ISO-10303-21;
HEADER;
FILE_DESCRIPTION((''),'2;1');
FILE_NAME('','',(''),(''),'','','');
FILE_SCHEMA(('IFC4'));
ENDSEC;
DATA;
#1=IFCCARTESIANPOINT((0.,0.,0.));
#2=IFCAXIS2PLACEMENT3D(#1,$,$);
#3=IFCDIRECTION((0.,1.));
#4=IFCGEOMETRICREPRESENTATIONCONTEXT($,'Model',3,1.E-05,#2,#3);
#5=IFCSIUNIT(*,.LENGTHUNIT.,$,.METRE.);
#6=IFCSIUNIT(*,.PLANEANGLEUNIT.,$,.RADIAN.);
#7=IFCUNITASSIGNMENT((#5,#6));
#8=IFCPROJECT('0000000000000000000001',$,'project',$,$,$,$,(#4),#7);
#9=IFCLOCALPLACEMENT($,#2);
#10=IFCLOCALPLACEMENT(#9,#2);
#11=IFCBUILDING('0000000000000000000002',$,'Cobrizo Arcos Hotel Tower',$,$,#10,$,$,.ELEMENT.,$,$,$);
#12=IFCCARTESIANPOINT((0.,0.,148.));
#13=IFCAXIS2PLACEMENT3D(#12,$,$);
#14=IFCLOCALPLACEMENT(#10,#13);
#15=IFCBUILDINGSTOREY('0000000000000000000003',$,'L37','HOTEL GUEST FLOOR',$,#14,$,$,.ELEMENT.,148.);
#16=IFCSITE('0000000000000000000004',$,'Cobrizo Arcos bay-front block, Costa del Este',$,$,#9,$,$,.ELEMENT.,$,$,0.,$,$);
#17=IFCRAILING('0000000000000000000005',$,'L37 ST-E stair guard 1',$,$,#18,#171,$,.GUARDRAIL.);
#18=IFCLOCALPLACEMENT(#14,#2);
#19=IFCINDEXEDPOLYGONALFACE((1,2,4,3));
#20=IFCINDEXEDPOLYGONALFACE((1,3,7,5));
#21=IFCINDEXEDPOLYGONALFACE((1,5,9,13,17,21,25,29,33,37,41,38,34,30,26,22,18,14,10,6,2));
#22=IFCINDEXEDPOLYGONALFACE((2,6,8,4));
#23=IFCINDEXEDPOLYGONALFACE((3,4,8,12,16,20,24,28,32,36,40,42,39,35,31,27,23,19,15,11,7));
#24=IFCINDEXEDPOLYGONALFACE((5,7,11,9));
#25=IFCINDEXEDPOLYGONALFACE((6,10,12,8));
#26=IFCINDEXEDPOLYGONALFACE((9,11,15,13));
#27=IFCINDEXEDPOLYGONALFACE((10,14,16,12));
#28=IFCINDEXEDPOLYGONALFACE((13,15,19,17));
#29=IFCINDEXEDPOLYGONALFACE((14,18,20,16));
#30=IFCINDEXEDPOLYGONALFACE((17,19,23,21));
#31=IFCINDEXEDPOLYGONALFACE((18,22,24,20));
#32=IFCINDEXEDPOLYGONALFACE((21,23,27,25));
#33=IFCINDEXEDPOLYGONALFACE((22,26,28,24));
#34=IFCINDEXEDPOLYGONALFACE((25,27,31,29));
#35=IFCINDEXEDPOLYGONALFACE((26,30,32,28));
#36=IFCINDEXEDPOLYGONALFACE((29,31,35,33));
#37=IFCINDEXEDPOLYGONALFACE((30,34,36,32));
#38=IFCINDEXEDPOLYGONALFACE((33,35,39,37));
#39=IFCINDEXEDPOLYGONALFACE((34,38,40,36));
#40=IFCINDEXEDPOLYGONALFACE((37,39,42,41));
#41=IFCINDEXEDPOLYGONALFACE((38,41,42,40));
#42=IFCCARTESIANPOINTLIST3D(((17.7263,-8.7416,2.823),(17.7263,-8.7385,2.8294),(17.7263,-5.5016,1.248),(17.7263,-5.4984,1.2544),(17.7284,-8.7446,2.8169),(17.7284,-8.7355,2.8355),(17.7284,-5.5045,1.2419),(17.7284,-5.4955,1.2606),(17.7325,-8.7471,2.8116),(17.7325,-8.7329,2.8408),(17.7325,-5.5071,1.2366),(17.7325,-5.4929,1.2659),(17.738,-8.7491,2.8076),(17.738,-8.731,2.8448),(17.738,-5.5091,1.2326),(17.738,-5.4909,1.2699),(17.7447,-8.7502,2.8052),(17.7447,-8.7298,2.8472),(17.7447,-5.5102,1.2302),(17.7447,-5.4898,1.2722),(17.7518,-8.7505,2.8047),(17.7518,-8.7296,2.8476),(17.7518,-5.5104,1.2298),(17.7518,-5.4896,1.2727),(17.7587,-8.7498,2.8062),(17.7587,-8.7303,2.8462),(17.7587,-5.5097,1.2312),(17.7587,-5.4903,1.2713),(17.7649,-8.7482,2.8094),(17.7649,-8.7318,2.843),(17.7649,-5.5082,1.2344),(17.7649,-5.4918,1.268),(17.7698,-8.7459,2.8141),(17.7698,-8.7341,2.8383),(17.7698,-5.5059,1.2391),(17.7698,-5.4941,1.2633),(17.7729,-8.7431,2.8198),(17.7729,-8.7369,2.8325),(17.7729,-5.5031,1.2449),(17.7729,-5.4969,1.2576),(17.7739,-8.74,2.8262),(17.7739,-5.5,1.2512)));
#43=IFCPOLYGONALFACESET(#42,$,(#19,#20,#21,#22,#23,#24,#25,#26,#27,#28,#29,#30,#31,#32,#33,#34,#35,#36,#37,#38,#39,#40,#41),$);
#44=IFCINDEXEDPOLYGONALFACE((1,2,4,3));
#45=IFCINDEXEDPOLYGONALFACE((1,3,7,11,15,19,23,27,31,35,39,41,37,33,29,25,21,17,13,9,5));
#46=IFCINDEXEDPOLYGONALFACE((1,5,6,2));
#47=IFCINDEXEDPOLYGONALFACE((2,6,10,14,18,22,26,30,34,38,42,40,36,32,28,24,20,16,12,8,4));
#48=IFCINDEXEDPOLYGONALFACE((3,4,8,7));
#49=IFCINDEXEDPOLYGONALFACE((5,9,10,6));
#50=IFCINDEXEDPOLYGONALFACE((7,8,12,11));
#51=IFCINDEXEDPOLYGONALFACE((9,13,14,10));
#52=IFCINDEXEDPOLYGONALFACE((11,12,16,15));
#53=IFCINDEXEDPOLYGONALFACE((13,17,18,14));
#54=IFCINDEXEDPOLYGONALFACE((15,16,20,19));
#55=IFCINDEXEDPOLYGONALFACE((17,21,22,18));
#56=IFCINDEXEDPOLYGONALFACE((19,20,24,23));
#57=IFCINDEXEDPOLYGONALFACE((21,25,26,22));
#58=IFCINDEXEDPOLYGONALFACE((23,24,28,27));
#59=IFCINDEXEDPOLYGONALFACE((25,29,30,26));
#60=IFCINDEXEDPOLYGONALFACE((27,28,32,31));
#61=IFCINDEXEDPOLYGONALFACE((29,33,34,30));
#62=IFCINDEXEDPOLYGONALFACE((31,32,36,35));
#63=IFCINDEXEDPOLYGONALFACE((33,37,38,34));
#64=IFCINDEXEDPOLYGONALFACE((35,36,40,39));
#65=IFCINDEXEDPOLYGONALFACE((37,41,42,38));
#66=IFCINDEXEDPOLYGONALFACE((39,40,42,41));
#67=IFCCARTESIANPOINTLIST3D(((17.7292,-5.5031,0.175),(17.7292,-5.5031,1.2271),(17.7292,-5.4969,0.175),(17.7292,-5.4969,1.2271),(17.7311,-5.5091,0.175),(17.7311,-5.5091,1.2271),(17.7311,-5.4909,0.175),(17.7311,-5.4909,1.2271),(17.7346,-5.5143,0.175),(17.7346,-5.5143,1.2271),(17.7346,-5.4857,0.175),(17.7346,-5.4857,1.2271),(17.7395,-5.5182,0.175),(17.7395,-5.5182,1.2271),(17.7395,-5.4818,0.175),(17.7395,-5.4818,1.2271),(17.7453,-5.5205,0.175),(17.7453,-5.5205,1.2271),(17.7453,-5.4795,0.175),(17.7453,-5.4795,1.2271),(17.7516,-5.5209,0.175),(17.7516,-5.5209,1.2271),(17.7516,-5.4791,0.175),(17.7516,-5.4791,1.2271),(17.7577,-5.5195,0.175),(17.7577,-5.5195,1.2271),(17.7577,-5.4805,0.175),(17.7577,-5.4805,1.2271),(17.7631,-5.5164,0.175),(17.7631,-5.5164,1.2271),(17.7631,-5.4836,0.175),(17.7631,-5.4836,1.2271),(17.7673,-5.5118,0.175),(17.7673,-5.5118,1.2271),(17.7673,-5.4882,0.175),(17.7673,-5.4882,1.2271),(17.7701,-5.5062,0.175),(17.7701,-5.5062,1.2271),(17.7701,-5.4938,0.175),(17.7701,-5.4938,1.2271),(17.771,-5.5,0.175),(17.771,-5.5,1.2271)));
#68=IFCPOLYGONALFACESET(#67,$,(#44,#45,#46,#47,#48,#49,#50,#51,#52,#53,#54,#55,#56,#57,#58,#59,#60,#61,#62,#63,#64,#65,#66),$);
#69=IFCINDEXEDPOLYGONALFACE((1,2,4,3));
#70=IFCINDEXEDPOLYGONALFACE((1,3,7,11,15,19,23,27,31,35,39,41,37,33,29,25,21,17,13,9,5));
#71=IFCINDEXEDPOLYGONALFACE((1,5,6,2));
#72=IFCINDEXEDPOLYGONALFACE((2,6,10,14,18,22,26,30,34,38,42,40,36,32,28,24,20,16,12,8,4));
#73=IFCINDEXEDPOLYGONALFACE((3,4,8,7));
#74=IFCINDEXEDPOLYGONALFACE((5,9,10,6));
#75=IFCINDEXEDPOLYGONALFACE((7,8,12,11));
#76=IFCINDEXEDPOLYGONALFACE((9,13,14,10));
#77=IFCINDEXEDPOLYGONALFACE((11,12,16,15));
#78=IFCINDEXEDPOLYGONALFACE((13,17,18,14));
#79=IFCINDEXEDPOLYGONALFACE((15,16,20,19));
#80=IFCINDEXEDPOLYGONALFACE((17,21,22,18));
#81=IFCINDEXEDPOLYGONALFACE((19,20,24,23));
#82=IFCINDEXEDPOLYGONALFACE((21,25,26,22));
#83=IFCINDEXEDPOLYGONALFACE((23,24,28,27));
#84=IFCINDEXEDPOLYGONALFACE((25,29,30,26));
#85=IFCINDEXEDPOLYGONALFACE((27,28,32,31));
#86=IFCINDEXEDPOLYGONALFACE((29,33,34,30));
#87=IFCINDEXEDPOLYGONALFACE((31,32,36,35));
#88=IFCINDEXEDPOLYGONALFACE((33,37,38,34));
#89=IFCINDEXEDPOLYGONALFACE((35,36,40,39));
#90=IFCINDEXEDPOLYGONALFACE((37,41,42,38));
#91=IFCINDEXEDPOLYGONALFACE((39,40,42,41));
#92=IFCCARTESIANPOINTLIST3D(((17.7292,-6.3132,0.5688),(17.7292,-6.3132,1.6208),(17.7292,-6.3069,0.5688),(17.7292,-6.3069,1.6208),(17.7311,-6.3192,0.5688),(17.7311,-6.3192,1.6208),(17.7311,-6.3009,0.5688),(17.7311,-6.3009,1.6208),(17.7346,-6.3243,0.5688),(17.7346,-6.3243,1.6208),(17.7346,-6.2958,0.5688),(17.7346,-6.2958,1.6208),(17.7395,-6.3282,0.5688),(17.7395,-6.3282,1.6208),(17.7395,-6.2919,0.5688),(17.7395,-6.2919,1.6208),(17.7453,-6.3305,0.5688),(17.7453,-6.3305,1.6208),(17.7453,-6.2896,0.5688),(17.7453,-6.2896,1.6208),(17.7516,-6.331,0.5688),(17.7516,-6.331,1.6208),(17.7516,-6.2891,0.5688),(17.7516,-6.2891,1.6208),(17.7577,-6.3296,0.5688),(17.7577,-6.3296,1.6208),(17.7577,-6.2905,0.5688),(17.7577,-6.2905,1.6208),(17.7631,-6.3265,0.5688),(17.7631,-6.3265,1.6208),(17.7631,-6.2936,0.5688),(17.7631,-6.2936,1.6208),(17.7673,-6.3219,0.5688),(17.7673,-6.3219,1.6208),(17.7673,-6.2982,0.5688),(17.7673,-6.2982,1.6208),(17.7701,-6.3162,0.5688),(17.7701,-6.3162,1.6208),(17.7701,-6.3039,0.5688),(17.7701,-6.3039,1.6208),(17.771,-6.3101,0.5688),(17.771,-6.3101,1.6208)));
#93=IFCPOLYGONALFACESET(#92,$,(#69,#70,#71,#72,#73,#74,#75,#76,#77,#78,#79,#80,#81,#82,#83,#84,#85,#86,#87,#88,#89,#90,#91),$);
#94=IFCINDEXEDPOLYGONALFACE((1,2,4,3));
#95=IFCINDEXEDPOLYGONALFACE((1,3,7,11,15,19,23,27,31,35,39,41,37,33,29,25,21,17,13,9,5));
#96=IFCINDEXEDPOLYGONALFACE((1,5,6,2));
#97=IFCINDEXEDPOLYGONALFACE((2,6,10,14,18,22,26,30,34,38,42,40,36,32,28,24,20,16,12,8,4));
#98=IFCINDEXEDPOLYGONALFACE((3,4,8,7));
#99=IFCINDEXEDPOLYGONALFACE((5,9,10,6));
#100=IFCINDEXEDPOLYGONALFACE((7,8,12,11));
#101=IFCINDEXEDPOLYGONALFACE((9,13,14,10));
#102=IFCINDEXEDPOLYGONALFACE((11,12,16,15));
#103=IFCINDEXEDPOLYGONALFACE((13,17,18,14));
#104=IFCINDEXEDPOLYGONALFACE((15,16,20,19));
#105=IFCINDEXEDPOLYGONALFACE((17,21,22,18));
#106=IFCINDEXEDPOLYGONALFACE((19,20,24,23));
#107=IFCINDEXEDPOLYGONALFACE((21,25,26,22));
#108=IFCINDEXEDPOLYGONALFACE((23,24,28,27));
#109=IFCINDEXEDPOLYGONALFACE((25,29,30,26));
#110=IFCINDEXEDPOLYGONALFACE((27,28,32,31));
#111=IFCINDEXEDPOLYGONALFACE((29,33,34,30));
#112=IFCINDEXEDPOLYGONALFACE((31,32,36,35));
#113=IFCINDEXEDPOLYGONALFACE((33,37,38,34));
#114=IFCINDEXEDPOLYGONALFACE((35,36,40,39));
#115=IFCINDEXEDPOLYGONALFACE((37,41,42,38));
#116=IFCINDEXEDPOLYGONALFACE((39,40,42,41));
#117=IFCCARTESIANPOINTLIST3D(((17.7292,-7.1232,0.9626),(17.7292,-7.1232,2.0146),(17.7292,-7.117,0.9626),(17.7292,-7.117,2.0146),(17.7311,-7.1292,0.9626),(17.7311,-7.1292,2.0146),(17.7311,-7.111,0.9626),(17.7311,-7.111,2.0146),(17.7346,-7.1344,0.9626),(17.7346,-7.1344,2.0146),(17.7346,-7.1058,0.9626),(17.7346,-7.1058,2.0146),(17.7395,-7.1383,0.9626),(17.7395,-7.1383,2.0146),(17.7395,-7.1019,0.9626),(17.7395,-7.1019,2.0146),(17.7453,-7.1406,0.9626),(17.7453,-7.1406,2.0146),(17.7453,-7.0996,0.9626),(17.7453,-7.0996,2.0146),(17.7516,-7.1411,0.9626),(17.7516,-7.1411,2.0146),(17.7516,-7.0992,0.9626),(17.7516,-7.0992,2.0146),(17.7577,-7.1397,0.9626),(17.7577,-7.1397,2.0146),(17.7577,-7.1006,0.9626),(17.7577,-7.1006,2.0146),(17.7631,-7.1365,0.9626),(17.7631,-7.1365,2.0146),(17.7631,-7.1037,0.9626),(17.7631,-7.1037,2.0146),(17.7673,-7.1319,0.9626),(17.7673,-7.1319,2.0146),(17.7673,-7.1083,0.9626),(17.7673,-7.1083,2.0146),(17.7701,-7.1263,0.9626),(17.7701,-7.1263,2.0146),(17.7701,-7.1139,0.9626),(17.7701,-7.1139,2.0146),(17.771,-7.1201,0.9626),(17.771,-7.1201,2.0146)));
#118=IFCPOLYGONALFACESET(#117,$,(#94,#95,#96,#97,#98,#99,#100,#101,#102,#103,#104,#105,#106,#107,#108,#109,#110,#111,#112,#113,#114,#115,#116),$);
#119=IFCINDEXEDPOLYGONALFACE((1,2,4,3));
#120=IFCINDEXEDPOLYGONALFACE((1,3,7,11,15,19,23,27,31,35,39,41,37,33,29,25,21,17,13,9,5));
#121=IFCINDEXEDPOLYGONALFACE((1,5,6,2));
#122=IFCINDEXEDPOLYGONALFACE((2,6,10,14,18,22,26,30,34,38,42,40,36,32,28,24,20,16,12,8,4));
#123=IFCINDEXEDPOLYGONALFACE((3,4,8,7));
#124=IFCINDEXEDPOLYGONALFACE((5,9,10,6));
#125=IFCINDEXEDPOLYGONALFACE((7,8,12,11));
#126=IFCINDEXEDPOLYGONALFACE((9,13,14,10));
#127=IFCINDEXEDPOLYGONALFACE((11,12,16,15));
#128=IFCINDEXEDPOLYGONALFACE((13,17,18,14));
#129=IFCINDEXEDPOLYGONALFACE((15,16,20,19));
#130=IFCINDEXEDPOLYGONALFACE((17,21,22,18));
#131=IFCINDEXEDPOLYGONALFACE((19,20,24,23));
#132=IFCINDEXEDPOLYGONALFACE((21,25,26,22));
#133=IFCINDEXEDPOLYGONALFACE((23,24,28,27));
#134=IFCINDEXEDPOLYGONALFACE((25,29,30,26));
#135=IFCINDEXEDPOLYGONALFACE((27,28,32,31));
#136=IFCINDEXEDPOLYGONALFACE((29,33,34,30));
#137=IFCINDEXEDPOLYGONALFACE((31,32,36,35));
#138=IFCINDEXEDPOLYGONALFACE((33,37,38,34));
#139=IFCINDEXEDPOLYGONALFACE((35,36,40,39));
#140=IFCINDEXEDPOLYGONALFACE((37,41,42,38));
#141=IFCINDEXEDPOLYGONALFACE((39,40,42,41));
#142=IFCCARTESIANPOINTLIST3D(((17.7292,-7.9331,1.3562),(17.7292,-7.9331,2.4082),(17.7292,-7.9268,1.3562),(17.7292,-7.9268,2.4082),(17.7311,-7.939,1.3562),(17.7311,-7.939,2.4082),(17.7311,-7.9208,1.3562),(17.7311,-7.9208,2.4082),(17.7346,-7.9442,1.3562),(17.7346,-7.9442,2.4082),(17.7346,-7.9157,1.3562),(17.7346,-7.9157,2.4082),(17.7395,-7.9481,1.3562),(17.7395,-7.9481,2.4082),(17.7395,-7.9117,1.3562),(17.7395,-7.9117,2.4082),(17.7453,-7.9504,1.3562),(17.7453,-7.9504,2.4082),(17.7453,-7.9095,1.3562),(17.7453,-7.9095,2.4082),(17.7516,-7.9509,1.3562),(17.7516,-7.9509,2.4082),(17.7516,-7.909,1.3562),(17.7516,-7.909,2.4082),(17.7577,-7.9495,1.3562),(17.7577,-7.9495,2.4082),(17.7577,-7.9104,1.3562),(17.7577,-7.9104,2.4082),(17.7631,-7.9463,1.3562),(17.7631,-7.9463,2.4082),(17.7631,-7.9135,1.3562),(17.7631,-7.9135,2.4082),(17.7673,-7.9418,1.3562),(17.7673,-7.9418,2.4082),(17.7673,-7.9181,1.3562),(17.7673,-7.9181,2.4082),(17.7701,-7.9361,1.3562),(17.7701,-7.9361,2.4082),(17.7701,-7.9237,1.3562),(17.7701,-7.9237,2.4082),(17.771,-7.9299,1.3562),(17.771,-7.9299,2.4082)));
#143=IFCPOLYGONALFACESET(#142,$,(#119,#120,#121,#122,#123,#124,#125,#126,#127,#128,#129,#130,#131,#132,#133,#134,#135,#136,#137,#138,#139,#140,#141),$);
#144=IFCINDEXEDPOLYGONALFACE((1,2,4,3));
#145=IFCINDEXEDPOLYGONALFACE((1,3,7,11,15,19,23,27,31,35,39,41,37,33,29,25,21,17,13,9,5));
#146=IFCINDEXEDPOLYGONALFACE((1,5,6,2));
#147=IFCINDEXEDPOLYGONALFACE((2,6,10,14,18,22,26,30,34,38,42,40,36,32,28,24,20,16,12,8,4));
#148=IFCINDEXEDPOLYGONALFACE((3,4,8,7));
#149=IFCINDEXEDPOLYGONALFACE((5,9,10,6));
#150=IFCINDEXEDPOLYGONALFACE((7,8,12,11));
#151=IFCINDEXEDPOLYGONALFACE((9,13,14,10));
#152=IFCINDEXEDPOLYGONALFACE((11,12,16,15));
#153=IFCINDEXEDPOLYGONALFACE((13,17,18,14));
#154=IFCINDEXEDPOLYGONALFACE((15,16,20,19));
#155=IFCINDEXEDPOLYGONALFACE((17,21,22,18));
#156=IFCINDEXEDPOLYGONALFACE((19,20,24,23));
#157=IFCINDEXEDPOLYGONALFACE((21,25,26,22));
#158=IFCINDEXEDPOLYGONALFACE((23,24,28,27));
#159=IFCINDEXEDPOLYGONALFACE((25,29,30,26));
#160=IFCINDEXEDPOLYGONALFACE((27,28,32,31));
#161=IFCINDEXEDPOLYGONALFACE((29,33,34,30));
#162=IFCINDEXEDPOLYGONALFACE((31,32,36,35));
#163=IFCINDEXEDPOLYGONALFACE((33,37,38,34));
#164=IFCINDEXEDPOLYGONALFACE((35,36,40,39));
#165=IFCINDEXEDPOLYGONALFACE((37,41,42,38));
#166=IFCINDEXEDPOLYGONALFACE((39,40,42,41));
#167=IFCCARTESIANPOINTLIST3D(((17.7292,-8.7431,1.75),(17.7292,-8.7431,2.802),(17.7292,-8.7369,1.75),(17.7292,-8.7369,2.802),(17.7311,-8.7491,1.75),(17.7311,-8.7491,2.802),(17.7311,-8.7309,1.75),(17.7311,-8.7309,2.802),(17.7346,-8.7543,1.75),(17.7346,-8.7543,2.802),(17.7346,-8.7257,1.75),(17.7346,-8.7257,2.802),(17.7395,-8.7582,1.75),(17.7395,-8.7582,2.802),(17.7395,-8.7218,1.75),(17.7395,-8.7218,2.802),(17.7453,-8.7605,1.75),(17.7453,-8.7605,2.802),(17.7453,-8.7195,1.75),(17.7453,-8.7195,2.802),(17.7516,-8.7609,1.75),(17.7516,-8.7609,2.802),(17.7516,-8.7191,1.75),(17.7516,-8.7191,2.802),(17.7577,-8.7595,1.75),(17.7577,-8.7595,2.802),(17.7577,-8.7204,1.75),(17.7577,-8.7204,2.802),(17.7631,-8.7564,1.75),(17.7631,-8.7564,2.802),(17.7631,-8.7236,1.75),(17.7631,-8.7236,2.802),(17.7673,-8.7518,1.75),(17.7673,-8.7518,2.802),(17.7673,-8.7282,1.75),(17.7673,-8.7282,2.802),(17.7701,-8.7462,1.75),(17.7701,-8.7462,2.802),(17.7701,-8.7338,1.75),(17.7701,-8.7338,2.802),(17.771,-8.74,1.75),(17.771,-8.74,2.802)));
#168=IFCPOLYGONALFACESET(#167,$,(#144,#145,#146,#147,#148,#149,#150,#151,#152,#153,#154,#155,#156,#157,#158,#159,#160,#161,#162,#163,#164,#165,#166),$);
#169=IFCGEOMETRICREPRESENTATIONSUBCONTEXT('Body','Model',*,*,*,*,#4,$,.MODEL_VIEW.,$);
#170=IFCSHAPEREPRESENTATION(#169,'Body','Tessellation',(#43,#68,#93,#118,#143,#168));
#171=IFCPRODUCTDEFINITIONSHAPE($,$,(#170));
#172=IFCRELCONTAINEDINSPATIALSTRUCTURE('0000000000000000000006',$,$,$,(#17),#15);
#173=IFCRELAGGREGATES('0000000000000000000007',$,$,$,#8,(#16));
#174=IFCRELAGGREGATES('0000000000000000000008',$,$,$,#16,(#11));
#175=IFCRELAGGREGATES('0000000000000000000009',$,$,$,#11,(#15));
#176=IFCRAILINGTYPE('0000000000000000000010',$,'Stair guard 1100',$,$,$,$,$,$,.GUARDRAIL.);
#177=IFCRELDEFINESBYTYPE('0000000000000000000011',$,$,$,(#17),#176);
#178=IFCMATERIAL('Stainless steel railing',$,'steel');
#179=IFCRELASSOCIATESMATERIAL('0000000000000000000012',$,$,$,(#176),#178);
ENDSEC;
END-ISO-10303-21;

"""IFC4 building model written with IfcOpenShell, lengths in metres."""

from ifc_helpers import new_model, si_unit, direction, frame, origin, origin_2d, place, context, subcontext, project, spatial, circle, extrude, material, type_object, element, save


model = new_model("IFC4")

# Units and contexts
model_context = context("Model", 3, precision=1e-05, world=origin(), true_north=direction((0.0, 1.0)))
body_context = subcontext(model_context, "Body", "Model", "MODEL_VIEW")
ifc_project = project(units=[si_unit("LENGTHUNIT", "METRE"), si_unit("PLANEANGLEUNIT", "RADIAN")], contexts=[model_context])

# Site, building, storey
site_placement = place(None, origin())
site = spatial("IfcSite", under=ifc_project, at=site_placement, Name="Cobrizo Arcos bay-front block, Costa del Este", CompositionType="ELEMENT", RefElevation=0.0)
building_placement = place(site_placement, origin())
building = spatial("IfcBuilding", under=site, at=building_placement, Name="Cobrizo Arcos Hotel Tower", CompositionType="ELEMENT")
storey_placement = place(building_placement, frame((0.0, 0.0, 148.0)))
storey = spatial("IfcBuildingStorey", under=building, at=storey_placement, Name="L37", Description="HOTEL GUEST FLOOR", CompositionType="ELEMENT", Elevation=148.0)

# Railing
ifc_material_1 = material(Name="Stainless steel railing", Category="steel")
railing_type_1 = type_object("IfcRailingType", Name="Stair guard 1100", PredefinedType="GUARDRAIL", material=ifc_material_1)
railing_1_placement = place(storey_placement, frame((17.75, -5.5, 0.175)))
element("IfcRailing", 1, at=railing_1_placement, inside=storey, type_object=railing_type_1, Name="L37 ST-E stair guard 1", PredefinedType="GUARDRAIL", context=body_context, shape_type="SweptSolid", body=[
    extrude(circle(Radius=0.0239, at=origin_2d()), frame((0.0, 0.0, 1.0762), z_axis=(0.0, -0.899373, 0.437183), x_axis=(1.0, 0.0, 0.0)), (0.0, 0.0, 1.0), 3.6025),
    extrude(circle(Radius=0.021, at=origin_2d()), origin(), (0.0, 0.0, 1.0), 1.052),
    extrude(circle(Radius=0.021, at=origin_2d()), frame((0.0, -0.8101, 0.3938)), (0.0, 0.0, 1.0), 1.052),
    extrude(circle(Radius=0.021, at=origin_2d()), frame((0.0, -1.6201, 0.7876)), (0.0, 0.0, 1.0), 1.052),
    extrude(circle(Radius=0.021, at=origin_2d()), frame((0.0, -2.4299, 1.1812)), (0.0, 0.0, 1.0), 1.052),
    extrude(circle(Radius=0.021, at=origin_2d()), frame((0.0, -3.24, 1.575)), (0.0, 0.0, 1.0), 1.052),
])

save(model, "model.ifc")
